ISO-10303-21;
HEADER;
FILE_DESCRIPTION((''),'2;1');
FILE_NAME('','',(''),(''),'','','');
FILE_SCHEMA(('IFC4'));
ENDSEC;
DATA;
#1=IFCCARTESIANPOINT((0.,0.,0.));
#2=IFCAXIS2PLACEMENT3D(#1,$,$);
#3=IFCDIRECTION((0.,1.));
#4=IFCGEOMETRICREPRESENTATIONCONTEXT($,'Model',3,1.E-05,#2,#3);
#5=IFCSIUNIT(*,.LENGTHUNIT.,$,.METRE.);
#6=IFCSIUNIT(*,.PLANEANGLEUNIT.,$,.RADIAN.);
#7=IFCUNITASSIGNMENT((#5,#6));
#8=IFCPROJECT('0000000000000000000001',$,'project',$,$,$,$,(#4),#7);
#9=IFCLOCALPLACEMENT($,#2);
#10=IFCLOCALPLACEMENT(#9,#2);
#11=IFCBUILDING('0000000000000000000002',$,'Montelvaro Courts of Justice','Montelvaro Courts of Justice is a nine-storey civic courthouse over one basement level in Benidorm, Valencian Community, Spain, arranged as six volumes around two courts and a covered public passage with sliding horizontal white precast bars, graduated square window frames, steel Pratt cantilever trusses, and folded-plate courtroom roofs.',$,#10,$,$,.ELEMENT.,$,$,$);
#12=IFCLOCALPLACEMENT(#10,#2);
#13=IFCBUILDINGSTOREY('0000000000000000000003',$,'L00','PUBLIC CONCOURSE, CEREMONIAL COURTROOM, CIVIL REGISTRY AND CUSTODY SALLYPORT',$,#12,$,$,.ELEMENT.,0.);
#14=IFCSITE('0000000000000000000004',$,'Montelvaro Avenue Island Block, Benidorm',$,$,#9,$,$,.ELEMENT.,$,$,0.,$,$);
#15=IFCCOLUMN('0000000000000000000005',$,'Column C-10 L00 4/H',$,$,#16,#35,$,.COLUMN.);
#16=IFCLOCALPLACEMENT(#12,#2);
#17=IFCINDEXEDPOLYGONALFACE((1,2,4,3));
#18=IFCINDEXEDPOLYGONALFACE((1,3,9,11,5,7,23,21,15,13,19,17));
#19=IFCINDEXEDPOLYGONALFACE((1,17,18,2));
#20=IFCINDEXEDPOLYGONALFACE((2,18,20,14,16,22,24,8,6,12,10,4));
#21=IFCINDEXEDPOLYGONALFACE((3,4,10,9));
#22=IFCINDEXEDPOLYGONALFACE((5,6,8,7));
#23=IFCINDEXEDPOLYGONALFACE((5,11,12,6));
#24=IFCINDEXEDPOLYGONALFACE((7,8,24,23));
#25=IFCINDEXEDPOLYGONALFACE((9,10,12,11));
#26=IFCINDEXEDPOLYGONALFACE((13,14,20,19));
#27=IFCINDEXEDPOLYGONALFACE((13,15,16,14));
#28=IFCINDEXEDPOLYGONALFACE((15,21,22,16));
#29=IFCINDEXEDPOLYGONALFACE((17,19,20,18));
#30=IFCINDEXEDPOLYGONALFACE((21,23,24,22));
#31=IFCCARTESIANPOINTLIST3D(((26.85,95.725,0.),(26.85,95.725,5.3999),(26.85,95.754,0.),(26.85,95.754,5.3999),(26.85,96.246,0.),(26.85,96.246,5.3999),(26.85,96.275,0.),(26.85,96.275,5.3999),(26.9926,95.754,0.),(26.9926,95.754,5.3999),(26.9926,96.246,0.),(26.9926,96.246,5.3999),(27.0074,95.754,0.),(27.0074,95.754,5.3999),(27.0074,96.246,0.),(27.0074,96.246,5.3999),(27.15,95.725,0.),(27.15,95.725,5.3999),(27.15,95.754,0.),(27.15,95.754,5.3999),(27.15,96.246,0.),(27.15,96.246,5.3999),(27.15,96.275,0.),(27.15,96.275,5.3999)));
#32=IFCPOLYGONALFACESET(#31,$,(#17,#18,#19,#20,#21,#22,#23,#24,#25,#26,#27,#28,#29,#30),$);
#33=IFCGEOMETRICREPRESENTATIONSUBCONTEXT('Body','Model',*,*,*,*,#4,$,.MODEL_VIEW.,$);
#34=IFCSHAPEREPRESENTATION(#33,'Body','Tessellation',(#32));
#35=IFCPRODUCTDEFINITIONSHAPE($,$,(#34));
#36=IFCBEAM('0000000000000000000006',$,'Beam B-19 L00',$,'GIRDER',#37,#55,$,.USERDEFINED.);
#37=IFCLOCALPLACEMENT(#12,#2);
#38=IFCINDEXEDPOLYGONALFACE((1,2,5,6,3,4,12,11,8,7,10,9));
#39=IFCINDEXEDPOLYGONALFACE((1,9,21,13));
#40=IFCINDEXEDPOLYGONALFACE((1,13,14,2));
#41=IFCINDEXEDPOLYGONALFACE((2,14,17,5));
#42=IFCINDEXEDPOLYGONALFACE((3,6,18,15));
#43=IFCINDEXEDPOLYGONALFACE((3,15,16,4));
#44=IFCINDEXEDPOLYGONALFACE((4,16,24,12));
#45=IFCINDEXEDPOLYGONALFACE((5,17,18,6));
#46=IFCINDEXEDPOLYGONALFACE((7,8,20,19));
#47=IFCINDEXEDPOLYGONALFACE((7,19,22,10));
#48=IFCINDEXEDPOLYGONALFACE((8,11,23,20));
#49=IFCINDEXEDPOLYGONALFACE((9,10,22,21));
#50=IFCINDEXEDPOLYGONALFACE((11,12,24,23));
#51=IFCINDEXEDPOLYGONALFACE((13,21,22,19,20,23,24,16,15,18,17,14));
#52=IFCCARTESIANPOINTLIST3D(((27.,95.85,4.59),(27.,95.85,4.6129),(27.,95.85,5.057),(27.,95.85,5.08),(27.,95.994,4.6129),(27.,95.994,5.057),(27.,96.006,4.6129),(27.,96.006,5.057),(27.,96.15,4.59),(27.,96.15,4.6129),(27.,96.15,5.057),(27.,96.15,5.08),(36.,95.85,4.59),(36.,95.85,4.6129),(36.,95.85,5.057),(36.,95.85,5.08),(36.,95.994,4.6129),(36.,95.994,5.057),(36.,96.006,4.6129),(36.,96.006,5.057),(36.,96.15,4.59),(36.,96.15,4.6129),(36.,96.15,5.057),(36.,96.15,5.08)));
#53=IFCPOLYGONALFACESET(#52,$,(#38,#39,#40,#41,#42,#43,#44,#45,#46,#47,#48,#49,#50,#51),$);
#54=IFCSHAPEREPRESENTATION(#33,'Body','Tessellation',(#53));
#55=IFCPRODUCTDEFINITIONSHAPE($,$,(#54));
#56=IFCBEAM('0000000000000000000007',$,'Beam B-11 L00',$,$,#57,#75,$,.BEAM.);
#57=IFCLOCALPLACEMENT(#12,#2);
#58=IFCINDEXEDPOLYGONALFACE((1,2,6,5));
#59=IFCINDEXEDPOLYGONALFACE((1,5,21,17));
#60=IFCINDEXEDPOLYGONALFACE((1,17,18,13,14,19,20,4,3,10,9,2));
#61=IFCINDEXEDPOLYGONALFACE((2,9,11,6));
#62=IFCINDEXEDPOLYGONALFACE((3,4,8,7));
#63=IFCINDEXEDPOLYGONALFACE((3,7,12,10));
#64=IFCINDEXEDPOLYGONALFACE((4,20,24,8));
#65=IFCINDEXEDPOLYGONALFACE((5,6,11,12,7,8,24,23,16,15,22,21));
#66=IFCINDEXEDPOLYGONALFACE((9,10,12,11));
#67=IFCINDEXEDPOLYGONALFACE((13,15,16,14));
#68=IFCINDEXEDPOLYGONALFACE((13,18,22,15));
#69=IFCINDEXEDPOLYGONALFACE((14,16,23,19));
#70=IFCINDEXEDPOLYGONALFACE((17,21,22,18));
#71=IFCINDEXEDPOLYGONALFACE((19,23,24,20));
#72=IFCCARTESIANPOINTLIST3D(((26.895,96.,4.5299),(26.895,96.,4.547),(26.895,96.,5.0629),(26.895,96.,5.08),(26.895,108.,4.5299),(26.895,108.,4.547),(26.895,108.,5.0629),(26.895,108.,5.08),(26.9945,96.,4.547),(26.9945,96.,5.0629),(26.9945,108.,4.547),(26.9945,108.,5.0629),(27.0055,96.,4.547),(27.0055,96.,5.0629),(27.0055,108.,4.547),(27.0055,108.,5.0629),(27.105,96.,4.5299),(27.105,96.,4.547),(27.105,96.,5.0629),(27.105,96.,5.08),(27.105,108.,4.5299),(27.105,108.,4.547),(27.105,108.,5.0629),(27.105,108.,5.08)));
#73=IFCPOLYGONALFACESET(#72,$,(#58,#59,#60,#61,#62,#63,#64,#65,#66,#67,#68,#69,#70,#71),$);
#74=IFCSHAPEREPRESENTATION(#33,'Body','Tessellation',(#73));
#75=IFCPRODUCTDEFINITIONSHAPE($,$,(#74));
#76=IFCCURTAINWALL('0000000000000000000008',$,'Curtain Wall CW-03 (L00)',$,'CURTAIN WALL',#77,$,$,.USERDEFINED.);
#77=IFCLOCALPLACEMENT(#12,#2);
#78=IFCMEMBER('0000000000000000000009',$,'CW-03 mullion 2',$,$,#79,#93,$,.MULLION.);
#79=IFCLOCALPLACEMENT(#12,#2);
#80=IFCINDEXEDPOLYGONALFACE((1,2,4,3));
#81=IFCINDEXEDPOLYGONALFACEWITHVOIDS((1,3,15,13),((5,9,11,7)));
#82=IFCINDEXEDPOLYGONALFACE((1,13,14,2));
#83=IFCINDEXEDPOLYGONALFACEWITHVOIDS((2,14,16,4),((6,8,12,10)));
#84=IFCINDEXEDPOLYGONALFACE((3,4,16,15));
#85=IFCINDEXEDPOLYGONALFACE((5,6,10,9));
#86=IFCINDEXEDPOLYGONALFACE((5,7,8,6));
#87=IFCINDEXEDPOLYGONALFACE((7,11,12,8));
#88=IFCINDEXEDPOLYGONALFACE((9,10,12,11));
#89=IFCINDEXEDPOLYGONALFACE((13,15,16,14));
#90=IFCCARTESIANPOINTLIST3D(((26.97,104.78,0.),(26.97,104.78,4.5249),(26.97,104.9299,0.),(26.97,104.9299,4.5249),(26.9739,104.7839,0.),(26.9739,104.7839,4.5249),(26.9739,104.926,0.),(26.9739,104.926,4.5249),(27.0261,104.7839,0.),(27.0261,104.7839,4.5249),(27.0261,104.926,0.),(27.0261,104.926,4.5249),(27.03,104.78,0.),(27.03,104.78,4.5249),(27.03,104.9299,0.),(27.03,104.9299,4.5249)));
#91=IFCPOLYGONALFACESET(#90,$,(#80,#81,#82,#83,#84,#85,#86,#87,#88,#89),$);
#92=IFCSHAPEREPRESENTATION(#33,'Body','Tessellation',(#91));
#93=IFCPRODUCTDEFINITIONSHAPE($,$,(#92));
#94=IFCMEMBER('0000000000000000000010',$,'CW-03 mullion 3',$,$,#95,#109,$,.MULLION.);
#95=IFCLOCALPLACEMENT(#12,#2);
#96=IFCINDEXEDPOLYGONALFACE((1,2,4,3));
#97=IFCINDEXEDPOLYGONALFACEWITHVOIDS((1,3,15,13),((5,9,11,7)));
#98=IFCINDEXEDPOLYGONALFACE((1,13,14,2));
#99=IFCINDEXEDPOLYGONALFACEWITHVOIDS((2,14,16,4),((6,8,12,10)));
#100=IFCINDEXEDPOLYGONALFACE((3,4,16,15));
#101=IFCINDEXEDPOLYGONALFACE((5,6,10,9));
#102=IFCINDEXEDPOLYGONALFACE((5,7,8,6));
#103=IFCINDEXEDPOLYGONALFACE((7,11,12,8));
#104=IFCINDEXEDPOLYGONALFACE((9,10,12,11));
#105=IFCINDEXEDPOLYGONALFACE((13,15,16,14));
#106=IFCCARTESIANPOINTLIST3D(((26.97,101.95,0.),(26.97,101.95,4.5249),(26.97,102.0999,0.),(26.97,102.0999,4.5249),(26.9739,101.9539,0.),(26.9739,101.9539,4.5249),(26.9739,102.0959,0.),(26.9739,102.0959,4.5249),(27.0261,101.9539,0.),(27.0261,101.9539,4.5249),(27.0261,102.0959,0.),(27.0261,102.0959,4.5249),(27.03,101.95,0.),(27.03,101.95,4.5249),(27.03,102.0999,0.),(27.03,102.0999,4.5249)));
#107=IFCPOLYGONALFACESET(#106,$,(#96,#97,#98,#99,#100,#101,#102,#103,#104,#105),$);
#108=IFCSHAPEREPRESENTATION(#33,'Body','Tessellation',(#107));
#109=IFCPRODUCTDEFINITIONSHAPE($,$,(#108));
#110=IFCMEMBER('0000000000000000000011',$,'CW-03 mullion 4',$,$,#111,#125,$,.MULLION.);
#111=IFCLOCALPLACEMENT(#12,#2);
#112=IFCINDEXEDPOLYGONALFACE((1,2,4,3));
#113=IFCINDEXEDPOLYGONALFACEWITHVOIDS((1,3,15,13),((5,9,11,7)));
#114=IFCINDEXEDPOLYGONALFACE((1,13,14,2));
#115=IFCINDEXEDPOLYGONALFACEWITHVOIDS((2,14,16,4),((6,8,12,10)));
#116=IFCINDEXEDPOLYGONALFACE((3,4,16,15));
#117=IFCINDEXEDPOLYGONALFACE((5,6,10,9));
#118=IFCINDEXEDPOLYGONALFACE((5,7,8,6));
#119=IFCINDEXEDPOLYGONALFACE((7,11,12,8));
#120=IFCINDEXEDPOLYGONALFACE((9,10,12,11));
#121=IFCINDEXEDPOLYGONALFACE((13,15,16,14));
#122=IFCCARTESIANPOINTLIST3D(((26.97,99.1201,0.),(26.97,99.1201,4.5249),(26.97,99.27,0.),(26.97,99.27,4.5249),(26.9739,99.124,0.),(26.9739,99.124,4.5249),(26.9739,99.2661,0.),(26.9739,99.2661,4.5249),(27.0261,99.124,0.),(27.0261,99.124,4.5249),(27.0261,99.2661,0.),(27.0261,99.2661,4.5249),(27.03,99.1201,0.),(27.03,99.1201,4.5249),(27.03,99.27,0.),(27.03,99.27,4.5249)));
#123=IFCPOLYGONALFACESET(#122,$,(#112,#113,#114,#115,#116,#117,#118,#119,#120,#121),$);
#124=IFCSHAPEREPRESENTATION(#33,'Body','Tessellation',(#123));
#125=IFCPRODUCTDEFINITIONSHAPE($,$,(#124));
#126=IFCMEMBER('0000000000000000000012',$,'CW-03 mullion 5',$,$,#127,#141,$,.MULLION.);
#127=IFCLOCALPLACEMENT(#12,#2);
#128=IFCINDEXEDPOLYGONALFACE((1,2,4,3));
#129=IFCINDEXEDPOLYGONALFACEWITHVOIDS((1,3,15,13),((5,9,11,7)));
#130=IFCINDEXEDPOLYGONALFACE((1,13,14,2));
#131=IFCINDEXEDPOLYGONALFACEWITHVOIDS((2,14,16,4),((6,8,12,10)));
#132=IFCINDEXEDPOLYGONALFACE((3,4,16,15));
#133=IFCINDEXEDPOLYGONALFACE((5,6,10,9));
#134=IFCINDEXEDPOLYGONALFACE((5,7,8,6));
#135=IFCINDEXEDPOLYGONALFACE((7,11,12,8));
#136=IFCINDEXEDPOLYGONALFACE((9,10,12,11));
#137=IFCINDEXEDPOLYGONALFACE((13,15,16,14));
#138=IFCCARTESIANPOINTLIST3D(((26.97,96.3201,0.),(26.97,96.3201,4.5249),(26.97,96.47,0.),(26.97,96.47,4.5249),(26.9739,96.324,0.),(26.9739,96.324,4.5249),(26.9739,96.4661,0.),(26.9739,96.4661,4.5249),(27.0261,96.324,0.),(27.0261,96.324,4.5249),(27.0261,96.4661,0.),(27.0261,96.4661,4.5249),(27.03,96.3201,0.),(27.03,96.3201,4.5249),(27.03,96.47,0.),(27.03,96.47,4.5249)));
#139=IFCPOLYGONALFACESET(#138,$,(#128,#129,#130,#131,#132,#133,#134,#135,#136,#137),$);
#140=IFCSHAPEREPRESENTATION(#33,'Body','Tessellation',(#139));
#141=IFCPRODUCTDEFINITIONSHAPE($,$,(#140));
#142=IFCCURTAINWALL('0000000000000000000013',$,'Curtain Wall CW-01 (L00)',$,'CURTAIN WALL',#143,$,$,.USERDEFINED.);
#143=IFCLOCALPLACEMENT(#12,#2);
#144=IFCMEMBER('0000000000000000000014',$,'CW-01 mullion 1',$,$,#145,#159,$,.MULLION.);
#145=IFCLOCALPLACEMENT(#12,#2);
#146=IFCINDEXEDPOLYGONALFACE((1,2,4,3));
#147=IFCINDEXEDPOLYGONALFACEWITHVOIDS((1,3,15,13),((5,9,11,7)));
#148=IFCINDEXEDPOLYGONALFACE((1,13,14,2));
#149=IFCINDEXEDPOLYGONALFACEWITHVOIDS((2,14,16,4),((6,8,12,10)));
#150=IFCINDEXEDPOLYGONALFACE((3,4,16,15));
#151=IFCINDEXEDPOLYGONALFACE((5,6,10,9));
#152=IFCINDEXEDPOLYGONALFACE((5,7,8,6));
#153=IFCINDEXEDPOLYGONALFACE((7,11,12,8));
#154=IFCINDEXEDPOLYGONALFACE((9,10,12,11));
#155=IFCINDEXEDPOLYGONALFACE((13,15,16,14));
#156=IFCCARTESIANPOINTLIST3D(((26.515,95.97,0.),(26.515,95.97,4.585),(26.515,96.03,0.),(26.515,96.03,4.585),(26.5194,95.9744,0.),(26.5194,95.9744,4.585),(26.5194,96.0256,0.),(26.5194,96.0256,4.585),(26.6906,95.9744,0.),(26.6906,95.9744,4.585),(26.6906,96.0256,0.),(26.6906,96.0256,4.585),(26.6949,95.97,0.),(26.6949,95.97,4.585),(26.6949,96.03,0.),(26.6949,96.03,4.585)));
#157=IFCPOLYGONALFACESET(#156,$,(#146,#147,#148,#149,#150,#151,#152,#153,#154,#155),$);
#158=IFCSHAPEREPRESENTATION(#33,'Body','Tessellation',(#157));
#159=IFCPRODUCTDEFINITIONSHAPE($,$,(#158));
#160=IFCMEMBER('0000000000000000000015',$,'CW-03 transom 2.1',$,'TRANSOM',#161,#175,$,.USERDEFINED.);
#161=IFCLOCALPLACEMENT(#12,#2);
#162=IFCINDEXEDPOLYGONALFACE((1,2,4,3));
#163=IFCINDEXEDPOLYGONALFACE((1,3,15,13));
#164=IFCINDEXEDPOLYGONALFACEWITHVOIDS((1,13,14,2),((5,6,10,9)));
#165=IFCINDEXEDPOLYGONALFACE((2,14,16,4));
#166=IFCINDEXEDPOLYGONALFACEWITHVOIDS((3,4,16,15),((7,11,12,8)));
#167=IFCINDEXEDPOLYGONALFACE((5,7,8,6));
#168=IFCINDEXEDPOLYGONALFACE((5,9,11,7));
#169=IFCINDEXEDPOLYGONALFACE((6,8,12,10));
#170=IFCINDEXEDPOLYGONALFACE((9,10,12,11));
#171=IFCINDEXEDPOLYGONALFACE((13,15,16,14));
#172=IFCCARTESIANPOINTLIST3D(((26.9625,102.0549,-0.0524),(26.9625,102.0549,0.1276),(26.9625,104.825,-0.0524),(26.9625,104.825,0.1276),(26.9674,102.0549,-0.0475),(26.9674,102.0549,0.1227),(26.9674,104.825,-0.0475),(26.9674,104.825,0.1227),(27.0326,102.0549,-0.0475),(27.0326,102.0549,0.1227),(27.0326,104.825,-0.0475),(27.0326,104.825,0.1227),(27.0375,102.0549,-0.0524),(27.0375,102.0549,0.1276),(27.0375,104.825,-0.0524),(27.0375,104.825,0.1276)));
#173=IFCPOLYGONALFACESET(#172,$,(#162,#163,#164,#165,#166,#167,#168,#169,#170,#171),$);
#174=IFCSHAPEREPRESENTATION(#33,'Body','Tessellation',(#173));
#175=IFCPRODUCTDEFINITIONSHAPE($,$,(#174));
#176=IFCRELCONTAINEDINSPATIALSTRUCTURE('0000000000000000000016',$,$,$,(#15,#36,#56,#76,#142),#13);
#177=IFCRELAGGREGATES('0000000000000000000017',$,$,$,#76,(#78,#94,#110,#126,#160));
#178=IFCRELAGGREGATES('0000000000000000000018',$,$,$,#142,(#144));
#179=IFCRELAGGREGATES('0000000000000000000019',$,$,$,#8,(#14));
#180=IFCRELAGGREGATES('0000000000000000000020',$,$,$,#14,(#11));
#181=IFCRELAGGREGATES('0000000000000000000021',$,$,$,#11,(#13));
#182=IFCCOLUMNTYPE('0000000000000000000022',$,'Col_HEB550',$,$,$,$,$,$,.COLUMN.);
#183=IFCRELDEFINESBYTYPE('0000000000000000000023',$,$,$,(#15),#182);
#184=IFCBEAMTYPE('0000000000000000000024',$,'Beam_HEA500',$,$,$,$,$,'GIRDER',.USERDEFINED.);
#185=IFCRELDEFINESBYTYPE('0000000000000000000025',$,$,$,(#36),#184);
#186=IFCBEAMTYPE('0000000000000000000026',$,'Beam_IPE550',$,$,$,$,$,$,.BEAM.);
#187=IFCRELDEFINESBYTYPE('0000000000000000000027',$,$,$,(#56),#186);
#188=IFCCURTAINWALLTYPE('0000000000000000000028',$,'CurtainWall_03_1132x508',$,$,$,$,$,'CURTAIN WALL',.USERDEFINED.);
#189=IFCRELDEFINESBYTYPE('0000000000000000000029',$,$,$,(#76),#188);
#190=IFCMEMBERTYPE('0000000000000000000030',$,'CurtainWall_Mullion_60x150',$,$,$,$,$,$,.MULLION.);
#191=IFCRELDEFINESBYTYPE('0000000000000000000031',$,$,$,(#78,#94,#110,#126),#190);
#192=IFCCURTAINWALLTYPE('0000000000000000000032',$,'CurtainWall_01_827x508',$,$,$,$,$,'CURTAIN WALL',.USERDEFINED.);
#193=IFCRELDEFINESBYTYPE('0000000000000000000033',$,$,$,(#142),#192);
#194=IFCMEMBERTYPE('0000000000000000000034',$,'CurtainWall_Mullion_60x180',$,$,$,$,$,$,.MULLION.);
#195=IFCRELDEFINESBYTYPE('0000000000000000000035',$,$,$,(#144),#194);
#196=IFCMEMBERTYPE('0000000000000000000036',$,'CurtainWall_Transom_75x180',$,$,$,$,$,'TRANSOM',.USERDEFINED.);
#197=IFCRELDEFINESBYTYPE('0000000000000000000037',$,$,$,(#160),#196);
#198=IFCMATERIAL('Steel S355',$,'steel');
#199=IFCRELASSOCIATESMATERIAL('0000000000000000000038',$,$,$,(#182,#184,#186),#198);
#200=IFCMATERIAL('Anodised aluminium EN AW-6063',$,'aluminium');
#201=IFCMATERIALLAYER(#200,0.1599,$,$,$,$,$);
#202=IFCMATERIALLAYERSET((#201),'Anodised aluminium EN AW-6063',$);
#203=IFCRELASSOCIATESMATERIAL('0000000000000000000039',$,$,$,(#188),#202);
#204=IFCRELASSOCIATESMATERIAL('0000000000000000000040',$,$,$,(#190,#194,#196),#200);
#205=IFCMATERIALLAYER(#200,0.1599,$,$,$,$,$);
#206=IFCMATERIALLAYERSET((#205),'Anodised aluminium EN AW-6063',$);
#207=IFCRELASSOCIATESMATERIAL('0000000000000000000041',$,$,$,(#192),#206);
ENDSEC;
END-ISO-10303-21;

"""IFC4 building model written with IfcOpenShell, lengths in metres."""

from ifc_helpers import new_model, si_unit, direction, frame, origin, origin_2d, place, context, subcontext, project, spatial, hollow_rectangle, i_section, extrude, material, layer, layer_set, material_profile, profile_set, type_object, element, aggregate, save


model = new_model("IFC4")

# Units and contexts
model_context = context("Model", 3, precision=1e-05, world=origin(), true_north=direction((0.0, 1.0)))
body_context = subcontext(model_context, "Body", "Model", "MODEL_VIEW")
ifc_project = project(units=[si_unit("LENGTHUNIT", "METRE"), si_unit("PLANEANGLEUNIT", "RADIAN")], contexts=[model_context])

# Site, building, storey
site_placement = place(None, origin())
site = spatial("IfcSite", under=ifc_project, at=site_placement, Name="Montelvaro Avenue Island Block, Benidorm", CompositionType="ELEMENT", RefElevation=0.0)
building_placement = place(site_placement, origin())
building = spatial("IfcBuilding", under=site, at=building_placement, Name="Montelvaro Courts of Justice", Description="Montelvaro Courts of Justice is a nine-storey civic courthouse over one basement level in Benidorm, Valencian Community, Spain, arranged as six volumes around two courts and a covered public passage with sliding horizontal white precast bars, graduated square window frames, steel Pratt cantilever trusses, and folded-plate courtroom roofs.", CompositionType="ELEMENT")
storey_placement = place(building_placement, origin())
storey = spatial("IfcBuildingStorey", under=building, at=storey_placement, Name="L00", Description="PUBLIC CONCOURSE, CEREMONIAL COURTROOM, CIVIL REGISTRY AND CUSTODY SALLYPORT", CompositionType="ELEMENT", Elevation=0.0)

# Column
ifc_material_1 = material(Name="Steel S355", Category="steel")
ifc_material_profile_1 = material_profile(ifc_material_1, i_section(OverallWidth=0.3, OverallDepth=0.55, WebThickness=0.0149, FlangeThickness=0.0291, at=origin_2d()), Name="HEB 550")
ifc_profile_set_1 = profile_set([ifc_material_profile_1], Name="Steel S355")
column_type = type_object("IfcColumnType", Name="Col_HEB550", PredefinedType="COLUMN", material=ifc_profile_set_1)
column_placement = place(storey_placement, frame((27.0, 96.0, 0.0), z_axis=(0.0, 0.0, 1.0), x_axis=(1.0, 0.0, 0.0)))
element("IfcColumn", 1, at=column_placement, inside=storey, type_object=column_type, Name="Column C-10 L00 4/H", PredefinedType="COLUMN", context=body_context, shape_type="SweptSolid", body=[
    extrude(i_section(OverallWidth=0.3, OverallDepth=0.55, WebThickness=0.0149, FlangeThickness=0.0291, at=origin_2d()), origin(), (0.0, 0.0, 1.0), 5.3999),
])

# Beams
ifc_material_profile_2 = material_profile(ifc_material_1, i_section(OverallWidth=0.3, OverallDepth=0.49, WebThickness=0.012, FlangeThickness=0.0229, at=origin_2d()), Name="HEA 500")
ifc_profile_set_2 = profile_set([ifc_material_profile_2], Name="Steel S355")
beam_type_1 = type_object("IfcBeamType", Name="Beam_HEA500", ElementType="GIRDER", PredefinedType="USERDEFINED", material=ifc_profile_set_2)
beam_1_placement = place(storey_placement, frame((27.0, 96.0, 4.835), z_axis=(1.0, 0.0, 0.0), x_axis=(0.0, 1.0, 0.0)))
element("IfcBeam", 2, at=beam_1_placement, inside=storey, type_object=beam_type_1, Name="Beam B-19 L00", ObjectType="GIRDER", PredefinedType="USERDEFINED", context=body_context, shape_type="SweptSolid", body=[
    extrude(i_section(OverallWidth=0.3, OverallDepth=0.49, WebThickness=0.012, FlangeThickness=0.0229, at=origin_2d()), origin(), (0.0, 0.0, 1.0), 9.0),
])
ifc_material_profile_3 = material_profile(ifc_material_1, i_section(OverallWidth=0.21, OverallDepth=0.55, WebThickness=0.011, FlangeThickness=0.0171, at=origin_2d()), Name="IPE 550")
ifc_profile_set_3 = profile_set([ifc_material_profile_3], Name="Steel S355")
beam_type_2 = type_object("IfcBeamType", Name="Beam_IPE550", PredefinedType="BEAM", material=ifc_profile_set_3)
beam_2_placement = place(storey_placement, frame((27.0, 96.0, 4.8049), z_axis=(0.0, 1.0, 0.0), x_axis=(-1.0, 0.0, 0.0)))
element("IfcBeam", 3, at=beam_2_placement, inside=storey, type_object=beam_type_2, Name="Beam B-11 L00", PredefinedType="BEAM", context=body_context, shape_type="SweptSolid", body=[
    extrude(i_section(OverallWidth=0.21, OverallDepth=0.55, WebThickness=0.011, FlangeThickness=0.0171, at=origin_2d()), origin(), (0.0, 0.0, 1.0), 12.0),
])

# Curtain wall, members
ifc_material_2 = material(Name="Anodised aluminium EN AW-6063", Category="aluminium")
ifc_layer_1 = layer(ifc_material_2, 0.1599)
ifc_layer_set_1 = layer_set([ifc_layer_1], Name="Anodised aluminium EN AW-6063")
curtain_wall_type_1 = type_object("IfcCurtainWallType", Name="CurtainWall_03_1132x508", ElementType="CURTAIN WALL", PredefinedType="USERDEFINED", material=ifc_layer_set_1)
curtain_wall_1_placement = place(storey_placement, origin())
curtain_wall_1 = element("IfcCurtainWall", 4, at=curtain_wall_1_placement, inside=storey, type_object=curtain_wall_type_1, Name="Curtain Wall CW-03 (L00)", ObjectType="CURTAIN WALL", PredefinedType="USERDEFINED")
ifc_material_profile_4 = material_profile(ifc_material_2, hollow_rectangle(XDim=0.0601, YDim=0.1499, WallThickness=0.0039, at=origin_2d()), Name="ALU-M 60x150")
ifc_profile_set_4 = profile_set([ifc_material_profile_4], Name="Anodised aluminium EN AW-6063")
member_type_1 = type_object("IfcMemberType", Name="CurtainWall_Mullion_60x150", PredefinedType="MULLION", material=ifc_profile_set_4)
member_1_placement = place(storey_placement, frame((27.0, 104.855, 0.0), z_axis=(0.0, 0.0, 1.0), x_axis=(1.0, 0.0, 0.0)))
member_1 = element("IfcMember", 5, at=member_1_placement, type_object=member_type_1, Name="CW-03 mullion 2", PredefinedType="MULLION", context=body_context, shape_type="SweptSolid", body=[
    extrude(hollow_rectangle(XDim=0.0601, YDim=0.1499, WallThickness=0.0039, at=origin_2d()), origin(), (0.0, 0.0, 1.0), 4.5249),
])
member_2_placement = place(storey_placement, frame((27.0, 102.0249, 0.0), z_axis=(0.0, 0.0, 1.0), x_axis=(1.0, 0.0, 0.0)))
member_2 = element("IfcMember", 6, at=member_2_placement, type_object=member_type_1, Name="CW-03 mullion 3", PredefinedType="MULLION", context=body_context, shape_type="SweptSolid", body=[
    extrude(hollow_rectangle(XDim=0.0601, YDim=0.1499, WallThickness=0.0039, at=origin_2d()), origin(), (0.0, 0.0, 1.0), 4.5249),
])
member_3_placement = place(storey_placement, frame((27.0, 99.1951, 0.0), z_axis=(0.0, 0.0, 1.0), x_axis=(1.0, 0.0, 0.0)))
member_3 = element("IfcMember", 7, at=member_3_placement, type_object=member_type_1, Name="CW-03 mullion 4", PredefinedType="MULLION", context=body_context, shape_type="SweptSolid", body=[
    extrude(hollow_rectangle(XDim=0.0601, YDim=0.1499, WallThickness=0.0039, at=origin_2d()), origin(), (0.0, 0.0, 1.0), 4.5249),
])
member_4_placement = place(storey_placement, frame((27.0, 96.395, 0.0), z_axis=(0.0, 0.0, 1.0), x_axis=(1.0, 0.0, 0.0)))
member_4 = element("IfcMember", 8, at=member_4_placement, type_object=member_type_1, Name="CW-03 mullion 5", PredefinedType="MULLION", context=body_context, shape_type="SweptSolid", body=[
    extrude(hollow_rectangle(XDim=0.0601, YDim=0.1499, WallThickness=0.0039, at=origin_2d()), origin(), (0.0, 0.0, 1.0), 4.5249),
])

# Curtain wall, member
ifc_layer_2 = layer(ifc_material_2, 0.1599)
ifc_layer_set_2 = layer_set([ifc_layer_2], Name="Anodised aluminium EN AW-6063")
curtain_wall_type_2 = type_object("IfcCurtainWallType", Name="CurtainWall_01_827x508", ElementType="CURTAIN WALL", PredefinedType="USERDEFINED", material=ifc_layer_set_2)
curtain_wall_2_placement = place(storey_placement, origin())
curtain_wall_2 = element("IfcCurtainWall", 9, at=curtain_wall_2_placement, inside=storey, type_object=curtain_wall_type_2, Name="Curtain Wall CW-01 (L00)", ObjectType="CURTAIN WALL", PredefinedType="USERDEFINED")
ifc_material_profile_5 = material_profile(ifc_material_2, hollow_rectangle(XDim=0.0601, YDim=0.1799, WallThickness=0.0044, at=origin_2d()), Name="ALU-M 60x180")
ifc_profile_set_5 = profile_set([ifc_material_profile_5], Name="Anodised aluminium EN AW-6063")
member_type_2 = type_object("IfcMemberType", Name="CurtainWall_Mullion_60x180", PredefinedType="MULLION", material=ifc_profile_set_5)
member_5_placement = place(storey_placement, frame((26.605, 96.0, 0.0), z_axis=(0.0, 0.0, 1.0), x_axis=(0.0, -1.0, 0.0)))
member_5 = element("IfcMember", 10, at=member_5_placement, type_object=member_type_2, Name="CW-01 mullion 1", PredefinedType="MULLION", context=body_context, shape_type="SweptSolid", body=[
    extrude(hollow_rectangle(XDim=0.0601, YDim=0.1799, WallThickness=0.0044, at=origin_2d()), origin(), (0.0, 0.0, 1.0), 4.585),
])

# Member
ifc_material_profile_6 = material_profile(ifc_material_2, hollow_rectangle(XDim=0.075, YDim=0.1799, WallThickness=0.0049, at=origin_2d()), Name="ALU-T 75x180")
ifc_profile_set_6 = profile_set([ifc_material_profile_6], Name="Anodised aluminium EN AW-6063")
member_type_3 = type_object("IfcMemberType", Name="CurtainWall_Transom_75x180", ElementType="TRANSOM", PredefinedType="USERDEFINED", material=ifc_profile_set_6)
member_6_placement = place(storey_placement, frame((27.0, 104.825, 0.0376), z_axis=(0.0, -1.0, 0.0), x_axis=(1.0, 0.0, 0.0)))
member_6 = element("IfcMember", 11, at=member_6_placement, type_object=member_type_3, Name="CW-03 transom 2.1", ObjectType="TRANSOM", PredefinedType="USERDEFINED", context=body_context, shape_type="SweptSolid", body=[
    extrude(hollow_rectangle(XDim=0.075, YDim=0.1799, WallThickness=0.0049, at=origin_2d()), origin(), (0.0, 0.0, 1.0), 2.77),
])

aggregate(curtain_wall_1, [member_1, member_2, member_3, member_4, member_6])
aggregate(curtain_wall_2, [member_5])

save(model, "model.ifc")
